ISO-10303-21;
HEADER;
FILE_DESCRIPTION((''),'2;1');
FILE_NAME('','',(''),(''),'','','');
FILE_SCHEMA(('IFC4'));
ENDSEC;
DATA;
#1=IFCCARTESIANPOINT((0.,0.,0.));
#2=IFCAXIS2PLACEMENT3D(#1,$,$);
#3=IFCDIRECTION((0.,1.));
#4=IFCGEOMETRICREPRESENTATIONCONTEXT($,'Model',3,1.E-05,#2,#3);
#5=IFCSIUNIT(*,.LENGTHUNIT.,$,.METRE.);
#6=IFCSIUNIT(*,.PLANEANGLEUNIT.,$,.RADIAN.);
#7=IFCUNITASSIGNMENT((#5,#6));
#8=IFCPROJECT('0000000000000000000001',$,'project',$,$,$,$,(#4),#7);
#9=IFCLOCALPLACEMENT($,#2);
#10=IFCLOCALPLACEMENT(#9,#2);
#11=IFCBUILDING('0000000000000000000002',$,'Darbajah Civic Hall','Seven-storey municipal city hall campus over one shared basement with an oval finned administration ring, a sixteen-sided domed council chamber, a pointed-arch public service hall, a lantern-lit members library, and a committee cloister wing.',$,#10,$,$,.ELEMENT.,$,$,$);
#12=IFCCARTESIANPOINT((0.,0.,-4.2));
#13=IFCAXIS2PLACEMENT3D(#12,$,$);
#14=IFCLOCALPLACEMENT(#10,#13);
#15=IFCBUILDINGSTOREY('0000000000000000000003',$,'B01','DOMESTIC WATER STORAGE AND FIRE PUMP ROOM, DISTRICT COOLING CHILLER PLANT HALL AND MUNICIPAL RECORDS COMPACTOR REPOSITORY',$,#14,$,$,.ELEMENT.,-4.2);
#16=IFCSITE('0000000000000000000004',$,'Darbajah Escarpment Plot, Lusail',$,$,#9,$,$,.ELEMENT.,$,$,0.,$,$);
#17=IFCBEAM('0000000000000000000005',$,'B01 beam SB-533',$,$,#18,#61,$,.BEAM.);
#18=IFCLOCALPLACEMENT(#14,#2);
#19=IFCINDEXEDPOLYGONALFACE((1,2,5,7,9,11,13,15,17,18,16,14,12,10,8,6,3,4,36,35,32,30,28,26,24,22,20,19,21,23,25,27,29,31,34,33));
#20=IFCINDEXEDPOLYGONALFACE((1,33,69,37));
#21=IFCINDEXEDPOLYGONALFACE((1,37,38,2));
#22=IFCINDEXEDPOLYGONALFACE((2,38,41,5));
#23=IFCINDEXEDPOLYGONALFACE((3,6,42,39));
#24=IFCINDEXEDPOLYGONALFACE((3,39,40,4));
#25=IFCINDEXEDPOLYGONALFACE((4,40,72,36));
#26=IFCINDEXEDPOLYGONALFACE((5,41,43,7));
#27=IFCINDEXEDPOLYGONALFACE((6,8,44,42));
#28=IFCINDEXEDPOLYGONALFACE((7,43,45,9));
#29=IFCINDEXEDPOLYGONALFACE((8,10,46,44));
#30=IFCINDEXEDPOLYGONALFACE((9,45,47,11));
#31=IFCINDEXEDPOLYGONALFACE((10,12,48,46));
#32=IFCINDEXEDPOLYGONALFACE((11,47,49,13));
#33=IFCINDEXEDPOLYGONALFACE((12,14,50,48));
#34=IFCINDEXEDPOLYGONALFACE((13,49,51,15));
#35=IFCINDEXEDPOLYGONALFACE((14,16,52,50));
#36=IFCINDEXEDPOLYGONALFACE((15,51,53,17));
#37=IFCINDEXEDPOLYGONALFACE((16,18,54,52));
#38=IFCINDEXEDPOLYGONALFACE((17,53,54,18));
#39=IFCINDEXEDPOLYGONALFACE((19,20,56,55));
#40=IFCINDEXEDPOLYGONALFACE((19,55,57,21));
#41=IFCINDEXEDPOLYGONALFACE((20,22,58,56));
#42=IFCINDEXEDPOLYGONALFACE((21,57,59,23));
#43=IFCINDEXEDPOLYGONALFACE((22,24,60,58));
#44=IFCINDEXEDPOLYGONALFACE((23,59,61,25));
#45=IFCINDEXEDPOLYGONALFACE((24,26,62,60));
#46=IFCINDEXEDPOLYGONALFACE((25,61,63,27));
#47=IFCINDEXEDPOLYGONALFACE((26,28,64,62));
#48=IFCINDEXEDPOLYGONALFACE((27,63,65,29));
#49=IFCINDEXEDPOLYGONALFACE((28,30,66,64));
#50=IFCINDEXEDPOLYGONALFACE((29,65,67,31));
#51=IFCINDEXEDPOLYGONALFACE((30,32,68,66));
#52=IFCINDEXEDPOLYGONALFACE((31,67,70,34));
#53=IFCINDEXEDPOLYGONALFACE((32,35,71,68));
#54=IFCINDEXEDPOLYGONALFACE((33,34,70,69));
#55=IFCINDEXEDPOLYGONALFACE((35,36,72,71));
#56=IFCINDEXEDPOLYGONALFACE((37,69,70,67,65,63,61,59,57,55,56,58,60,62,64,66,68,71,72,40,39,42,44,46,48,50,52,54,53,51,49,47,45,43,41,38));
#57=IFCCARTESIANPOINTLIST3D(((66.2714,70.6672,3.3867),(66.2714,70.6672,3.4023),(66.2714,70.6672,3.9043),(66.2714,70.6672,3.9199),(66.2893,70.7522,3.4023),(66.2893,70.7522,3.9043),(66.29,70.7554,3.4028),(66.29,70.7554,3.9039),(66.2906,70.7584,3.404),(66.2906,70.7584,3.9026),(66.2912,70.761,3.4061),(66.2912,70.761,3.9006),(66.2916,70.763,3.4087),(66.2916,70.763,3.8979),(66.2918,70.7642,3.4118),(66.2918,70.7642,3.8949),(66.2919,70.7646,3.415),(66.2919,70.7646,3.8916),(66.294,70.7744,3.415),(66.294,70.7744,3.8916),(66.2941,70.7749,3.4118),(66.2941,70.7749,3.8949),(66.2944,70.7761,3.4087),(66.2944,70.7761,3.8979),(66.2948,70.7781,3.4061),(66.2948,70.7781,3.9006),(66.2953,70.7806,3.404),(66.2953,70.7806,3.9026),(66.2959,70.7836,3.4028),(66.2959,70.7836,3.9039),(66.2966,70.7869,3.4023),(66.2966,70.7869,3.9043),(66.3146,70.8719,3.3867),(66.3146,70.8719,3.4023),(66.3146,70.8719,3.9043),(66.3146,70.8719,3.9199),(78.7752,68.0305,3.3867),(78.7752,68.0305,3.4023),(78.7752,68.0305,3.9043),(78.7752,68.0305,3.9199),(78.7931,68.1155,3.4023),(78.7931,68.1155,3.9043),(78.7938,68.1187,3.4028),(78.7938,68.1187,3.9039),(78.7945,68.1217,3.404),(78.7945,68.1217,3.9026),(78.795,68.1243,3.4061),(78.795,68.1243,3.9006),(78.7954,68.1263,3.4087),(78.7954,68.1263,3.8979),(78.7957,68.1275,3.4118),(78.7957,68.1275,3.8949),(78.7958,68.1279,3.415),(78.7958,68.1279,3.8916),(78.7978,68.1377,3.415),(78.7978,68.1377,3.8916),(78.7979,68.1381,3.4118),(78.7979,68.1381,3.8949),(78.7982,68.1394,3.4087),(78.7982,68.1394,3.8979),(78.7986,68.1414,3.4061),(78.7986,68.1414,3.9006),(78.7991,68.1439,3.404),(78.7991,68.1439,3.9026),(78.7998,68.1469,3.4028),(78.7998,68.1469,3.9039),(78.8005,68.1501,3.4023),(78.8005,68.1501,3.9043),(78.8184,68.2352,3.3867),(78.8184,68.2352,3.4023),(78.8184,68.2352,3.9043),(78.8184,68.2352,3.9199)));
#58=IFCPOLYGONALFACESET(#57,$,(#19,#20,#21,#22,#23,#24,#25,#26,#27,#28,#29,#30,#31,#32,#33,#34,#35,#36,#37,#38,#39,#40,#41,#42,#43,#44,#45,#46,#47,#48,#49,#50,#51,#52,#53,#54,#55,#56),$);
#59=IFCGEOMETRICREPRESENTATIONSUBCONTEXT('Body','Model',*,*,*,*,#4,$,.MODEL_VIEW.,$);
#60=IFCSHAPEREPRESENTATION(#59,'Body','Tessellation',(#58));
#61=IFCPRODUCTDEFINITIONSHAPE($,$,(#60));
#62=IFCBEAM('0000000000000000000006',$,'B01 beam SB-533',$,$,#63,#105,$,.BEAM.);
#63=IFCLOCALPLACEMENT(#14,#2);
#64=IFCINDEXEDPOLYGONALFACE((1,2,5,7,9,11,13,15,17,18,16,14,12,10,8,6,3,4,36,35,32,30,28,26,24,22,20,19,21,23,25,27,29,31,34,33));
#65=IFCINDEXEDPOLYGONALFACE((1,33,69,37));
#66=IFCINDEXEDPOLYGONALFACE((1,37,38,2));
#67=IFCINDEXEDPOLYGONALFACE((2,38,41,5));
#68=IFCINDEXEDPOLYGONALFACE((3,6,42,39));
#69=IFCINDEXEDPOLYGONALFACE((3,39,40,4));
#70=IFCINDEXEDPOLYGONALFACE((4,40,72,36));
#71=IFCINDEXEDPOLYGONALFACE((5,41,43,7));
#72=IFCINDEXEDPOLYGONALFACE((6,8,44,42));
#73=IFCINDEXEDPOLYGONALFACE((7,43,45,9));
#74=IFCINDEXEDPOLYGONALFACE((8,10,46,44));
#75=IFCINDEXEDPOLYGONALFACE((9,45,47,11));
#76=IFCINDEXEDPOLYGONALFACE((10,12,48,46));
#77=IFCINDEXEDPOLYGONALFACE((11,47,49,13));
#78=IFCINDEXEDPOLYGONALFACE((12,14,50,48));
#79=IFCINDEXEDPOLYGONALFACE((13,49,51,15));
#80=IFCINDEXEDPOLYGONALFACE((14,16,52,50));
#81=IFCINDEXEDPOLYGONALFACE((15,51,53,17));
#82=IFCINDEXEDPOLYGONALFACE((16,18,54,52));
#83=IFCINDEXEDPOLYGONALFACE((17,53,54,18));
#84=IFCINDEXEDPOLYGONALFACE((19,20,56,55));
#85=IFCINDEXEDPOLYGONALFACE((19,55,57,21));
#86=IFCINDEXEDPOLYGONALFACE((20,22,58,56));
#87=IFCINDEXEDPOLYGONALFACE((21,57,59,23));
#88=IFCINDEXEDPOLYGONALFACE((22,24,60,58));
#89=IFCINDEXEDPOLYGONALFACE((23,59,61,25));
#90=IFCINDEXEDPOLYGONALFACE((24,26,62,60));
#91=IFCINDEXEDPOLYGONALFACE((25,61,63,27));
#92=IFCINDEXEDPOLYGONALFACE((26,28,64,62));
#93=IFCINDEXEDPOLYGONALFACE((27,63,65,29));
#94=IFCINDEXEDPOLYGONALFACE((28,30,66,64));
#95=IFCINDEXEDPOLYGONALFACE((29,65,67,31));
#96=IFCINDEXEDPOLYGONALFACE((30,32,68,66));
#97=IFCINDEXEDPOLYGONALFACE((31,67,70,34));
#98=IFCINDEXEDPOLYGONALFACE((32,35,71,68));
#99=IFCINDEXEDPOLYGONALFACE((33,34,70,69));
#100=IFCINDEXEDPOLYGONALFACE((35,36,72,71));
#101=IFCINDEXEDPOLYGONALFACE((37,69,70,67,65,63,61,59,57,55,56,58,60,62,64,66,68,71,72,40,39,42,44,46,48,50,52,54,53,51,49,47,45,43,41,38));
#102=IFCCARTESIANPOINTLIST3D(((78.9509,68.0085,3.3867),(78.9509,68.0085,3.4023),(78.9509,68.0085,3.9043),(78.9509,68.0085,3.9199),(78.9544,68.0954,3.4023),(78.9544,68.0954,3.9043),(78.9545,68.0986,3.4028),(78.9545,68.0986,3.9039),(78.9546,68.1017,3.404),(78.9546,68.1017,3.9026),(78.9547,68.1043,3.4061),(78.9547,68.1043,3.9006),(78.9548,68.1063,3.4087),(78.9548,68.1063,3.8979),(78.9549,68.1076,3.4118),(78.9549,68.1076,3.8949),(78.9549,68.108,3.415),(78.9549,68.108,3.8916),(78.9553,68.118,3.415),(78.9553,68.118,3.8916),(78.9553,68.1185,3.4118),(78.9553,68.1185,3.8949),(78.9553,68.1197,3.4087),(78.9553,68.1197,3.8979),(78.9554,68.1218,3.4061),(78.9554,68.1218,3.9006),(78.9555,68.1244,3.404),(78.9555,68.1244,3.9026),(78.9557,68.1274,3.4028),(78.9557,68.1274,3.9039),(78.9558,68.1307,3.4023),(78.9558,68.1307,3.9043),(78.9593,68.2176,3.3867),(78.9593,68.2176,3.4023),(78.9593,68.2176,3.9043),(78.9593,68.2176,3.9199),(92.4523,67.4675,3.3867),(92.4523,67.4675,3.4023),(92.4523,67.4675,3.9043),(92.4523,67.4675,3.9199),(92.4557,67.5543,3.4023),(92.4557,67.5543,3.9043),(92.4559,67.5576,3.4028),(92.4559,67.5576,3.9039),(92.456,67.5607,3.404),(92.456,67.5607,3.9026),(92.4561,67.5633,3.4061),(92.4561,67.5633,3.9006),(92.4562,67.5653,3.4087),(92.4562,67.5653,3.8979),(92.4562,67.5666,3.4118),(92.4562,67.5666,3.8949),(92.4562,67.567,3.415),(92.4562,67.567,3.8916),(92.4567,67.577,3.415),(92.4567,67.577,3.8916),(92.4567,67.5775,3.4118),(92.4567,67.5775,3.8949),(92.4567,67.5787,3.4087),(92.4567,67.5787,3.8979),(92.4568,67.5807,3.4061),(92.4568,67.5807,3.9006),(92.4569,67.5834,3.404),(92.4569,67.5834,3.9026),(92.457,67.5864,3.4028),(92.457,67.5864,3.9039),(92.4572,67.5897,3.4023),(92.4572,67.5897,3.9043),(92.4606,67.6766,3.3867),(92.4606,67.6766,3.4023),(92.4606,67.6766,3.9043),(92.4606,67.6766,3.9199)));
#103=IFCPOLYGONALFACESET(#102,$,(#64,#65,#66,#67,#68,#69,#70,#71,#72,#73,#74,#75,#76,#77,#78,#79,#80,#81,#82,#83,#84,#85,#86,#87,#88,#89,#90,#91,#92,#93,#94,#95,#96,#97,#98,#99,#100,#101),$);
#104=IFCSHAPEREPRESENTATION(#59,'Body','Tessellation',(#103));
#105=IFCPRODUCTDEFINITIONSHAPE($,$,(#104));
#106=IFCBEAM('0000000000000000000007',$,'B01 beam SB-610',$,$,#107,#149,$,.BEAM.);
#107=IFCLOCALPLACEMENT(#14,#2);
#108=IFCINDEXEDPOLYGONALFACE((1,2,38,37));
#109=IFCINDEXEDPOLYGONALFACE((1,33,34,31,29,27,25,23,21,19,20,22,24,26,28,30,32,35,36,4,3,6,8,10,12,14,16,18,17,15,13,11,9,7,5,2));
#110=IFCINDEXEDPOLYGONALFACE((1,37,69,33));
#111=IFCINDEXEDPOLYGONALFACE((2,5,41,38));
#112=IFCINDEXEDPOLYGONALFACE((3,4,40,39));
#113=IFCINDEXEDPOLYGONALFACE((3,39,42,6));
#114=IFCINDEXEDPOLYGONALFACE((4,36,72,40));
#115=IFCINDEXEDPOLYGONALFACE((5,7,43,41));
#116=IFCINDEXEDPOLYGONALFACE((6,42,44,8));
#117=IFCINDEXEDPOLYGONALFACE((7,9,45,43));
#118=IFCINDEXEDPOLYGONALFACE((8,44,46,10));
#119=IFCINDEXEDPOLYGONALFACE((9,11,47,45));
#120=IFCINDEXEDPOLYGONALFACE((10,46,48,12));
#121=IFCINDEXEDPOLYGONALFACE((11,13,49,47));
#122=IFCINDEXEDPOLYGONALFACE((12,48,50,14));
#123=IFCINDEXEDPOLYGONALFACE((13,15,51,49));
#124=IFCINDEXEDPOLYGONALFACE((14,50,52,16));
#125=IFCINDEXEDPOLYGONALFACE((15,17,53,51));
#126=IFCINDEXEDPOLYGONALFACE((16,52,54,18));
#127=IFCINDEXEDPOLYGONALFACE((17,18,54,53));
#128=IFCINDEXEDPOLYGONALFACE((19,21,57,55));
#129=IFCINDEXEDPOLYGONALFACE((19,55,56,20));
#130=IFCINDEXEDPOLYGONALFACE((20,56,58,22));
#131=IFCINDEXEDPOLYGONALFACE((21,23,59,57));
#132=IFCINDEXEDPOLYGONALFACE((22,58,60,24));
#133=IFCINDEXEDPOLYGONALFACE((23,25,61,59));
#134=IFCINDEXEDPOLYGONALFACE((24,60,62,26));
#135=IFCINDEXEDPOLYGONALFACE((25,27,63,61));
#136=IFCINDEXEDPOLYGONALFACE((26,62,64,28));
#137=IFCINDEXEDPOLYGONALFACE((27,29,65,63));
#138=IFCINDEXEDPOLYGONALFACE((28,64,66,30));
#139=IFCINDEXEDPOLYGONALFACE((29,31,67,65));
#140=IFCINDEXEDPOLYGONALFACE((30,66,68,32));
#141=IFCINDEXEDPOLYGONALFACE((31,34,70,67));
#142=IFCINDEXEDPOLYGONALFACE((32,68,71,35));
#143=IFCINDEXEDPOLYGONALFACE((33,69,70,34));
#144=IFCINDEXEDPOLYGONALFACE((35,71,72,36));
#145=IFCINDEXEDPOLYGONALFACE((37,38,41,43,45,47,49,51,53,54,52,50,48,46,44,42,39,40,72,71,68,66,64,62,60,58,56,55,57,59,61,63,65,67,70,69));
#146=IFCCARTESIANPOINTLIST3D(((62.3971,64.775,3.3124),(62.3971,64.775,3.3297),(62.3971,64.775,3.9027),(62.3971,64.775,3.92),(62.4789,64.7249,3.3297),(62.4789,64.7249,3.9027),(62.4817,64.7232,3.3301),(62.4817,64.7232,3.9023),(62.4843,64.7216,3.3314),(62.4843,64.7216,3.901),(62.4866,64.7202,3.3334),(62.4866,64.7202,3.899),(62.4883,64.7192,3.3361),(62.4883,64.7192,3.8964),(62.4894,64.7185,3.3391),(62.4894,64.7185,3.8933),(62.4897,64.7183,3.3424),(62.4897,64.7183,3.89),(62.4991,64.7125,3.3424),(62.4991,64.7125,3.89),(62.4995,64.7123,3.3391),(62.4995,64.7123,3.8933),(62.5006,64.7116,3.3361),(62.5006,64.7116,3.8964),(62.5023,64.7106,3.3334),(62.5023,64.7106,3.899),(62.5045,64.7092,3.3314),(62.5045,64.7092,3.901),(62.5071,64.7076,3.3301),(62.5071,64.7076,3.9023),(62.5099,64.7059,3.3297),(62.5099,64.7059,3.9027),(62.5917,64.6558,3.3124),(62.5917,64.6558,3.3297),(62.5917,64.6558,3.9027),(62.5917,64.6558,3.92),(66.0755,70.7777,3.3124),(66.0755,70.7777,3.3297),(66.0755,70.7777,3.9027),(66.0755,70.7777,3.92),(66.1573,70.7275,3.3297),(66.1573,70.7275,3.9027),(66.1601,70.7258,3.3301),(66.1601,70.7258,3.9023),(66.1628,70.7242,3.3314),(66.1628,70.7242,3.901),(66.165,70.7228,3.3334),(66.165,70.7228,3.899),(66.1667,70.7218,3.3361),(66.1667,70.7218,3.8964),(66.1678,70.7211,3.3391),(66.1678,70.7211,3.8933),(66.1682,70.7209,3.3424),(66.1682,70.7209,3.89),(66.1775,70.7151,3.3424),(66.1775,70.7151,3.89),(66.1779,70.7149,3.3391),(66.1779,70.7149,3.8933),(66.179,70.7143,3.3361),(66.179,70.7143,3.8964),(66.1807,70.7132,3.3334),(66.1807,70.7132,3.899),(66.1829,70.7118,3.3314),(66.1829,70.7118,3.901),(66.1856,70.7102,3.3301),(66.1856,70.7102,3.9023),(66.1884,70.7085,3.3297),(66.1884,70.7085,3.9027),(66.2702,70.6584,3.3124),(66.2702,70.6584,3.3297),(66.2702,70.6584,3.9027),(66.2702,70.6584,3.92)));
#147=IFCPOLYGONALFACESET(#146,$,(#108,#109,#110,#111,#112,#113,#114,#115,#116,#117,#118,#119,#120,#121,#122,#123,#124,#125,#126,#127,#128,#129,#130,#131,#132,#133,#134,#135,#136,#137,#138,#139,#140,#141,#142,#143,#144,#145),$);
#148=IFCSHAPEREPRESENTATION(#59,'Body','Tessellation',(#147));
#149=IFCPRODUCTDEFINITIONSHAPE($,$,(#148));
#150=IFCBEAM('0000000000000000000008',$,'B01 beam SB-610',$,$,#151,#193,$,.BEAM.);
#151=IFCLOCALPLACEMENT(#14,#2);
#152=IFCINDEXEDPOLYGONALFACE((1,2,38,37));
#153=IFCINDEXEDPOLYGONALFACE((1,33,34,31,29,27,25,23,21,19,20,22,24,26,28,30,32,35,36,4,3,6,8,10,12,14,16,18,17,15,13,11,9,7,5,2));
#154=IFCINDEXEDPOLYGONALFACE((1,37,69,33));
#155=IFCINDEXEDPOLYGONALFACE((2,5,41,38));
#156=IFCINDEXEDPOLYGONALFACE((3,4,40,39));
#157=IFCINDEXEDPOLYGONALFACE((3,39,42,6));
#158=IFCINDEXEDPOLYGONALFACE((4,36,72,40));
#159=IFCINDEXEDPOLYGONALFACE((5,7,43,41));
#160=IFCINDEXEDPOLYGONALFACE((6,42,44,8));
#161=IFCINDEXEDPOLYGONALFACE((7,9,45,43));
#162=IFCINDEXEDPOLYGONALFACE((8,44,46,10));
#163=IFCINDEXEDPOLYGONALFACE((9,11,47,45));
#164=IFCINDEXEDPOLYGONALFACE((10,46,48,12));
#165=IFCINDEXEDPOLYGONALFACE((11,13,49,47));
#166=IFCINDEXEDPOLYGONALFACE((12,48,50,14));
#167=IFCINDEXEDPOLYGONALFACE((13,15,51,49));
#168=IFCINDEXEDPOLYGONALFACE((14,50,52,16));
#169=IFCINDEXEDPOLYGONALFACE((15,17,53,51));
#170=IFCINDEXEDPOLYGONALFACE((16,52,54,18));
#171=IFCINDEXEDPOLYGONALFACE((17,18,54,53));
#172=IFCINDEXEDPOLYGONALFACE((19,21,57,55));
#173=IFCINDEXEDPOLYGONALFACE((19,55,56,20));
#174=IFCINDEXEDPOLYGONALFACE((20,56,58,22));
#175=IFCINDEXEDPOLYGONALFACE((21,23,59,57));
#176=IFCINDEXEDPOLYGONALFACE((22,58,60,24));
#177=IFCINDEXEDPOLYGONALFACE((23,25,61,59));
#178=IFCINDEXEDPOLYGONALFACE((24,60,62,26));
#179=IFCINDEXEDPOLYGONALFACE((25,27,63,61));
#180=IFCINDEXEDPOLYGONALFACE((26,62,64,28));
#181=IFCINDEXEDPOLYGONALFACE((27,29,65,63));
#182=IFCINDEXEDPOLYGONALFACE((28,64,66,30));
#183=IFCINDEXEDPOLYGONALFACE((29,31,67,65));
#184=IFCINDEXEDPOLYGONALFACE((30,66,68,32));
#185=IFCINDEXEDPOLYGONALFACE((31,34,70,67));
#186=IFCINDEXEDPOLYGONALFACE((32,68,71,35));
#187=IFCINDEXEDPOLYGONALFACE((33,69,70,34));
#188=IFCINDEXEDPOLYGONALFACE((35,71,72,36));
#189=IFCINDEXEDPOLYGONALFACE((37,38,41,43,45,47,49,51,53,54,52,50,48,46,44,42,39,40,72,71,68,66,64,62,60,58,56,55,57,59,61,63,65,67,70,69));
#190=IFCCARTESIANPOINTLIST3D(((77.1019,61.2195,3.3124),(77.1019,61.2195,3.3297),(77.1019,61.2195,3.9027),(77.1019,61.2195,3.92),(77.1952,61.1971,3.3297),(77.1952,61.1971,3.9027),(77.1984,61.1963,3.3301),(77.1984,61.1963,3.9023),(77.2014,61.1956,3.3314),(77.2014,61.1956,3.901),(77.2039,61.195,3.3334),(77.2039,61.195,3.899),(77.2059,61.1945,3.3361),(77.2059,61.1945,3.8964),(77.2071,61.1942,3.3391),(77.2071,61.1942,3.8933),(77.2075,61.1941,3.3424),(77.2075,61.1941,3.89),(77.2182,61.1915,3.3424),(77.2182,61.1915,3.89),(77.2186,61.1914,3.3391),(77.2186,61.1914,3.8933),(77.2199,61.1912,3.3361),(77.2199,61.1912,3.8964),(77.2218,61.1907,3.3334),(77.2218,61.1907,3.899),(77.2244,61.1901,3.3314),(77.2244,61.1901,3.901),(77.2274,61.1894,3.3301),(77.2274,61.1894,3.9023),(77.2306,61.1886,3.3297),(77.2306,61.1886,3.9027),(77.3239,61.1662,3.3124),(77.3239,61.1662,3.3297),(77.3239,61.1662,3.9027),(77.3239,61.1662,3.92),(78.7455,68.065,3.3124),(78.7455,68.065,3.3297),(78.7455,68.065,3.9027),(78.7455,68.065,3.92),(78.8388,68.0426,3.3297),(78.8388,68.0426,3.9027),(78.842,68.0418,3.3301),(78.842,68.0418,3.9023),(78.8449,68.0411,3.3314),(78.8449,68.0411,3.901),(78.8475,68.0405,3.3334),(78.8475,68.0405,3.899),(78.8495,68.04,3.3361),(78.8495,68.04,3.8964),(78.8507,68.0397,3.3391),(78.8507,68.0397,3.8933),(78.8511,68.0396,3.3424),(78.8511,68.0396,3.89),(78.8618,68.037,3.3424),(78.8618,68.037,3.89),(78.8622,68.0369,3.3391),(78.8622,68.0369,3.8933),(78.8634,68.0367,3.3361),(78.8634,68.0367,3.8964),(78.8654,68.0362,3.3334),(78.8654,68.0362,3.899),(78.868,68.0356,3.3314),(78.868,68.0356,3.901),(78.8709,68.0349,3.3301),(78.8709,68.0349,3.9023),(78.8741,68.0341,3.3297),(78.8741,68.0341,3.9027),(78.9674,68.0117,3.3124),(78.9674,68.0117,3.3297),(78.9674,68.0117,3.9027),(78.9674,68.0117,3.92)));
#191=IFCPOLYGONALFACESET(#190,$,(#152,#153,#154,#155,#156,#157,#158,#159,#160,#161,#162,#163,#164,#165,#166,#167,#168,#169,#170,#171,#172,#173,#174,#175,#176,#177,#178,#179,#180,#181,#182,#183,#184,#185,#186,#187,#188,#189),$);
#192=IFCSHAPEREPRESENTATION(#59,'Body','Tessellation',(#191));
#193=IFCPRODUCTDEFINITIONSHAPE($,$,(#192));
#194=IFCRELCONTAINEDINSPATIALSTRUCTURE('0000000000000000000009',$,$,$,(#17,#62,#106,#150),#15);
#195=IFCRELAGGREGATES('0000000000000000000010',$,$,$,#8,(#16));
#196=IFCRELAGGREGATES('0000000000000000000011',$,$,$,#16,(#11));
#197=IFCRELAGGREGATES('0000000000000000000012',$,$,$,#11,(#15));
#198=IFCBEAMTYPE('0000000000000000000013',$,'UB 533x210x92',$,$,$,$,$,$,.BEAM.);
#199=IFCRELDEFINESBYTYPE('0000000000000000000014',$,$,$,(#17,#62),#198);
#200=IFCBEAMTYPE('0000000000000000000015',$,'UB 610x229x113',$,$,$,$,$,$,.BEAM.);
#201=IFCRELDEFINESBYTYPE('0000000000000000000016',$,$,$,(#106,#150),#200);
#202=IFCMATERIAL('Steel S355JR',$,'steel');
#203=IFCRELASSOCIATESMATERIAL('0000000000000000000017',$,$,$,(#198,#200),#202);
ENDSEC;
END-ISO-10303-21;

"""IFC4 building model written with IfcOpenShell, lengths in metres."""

from ifc_helpers import new_model, si_unit, direction, frame, origin, origin_2d, place, context, subcontext, project, spatial, i_section, extrude, material, material_profile, profile_set, type_object, element, save


model = new_model("IFC4")

# Units and contexts
model_context = context("Model", 3, precision=1e-05, world=origin(), true_north=direction((0.0, 1.0)))
body_context = subcontext(model_context, "Body", "Model", "MODEL_VIEW")
ifc_project = project(units=[si_unit("LENGTHUNIT", "METRE"), si_unit("PLANEANGLEUNIT", "RADIAN")], contexts=[model_context])

# Site, building, storey
site_placement = place(None, origin())
site = spatial("IfcSite", under=ifc_project, at=site_placement, Name="Darbajah Escarpment Plot, Lusail", CompositionType="ELEMENT", RefElevation=0.0)
building_placement = place(site_placement, origin())
building = spatial("IfcBuilding", under=site, at=building_placement, Name="Darbajah Civic Hall", Description="Seven-storey municipal city hall campus over one shared basement with an oval finned administration ring, a sixteen-sided domed council chamber, a pointed-arch public service hall, a lantern-lit members library, and a committee cloister wing.", CompositionType="ELEMENT")
storey_placement = place(building_placement, frame((0.0, 0.0, -4.2)))
storey = spatial("IfcBuildingStorey", under=building, at=storey_placement, Name="B01", Description="DOMESTIC WATER STORAGE AND FIRE PUMP ROOM, DISTRICT COOLING CHILLER PLANT HALL AND MUNICIPAL RECORDS COMPACTOR REPOSITORY", CompositionType="ELEMENT", Elevation=-4.2)

# Beams
ifc_material_1 = material(Name="Steel S355JR", Category="steel")
ifc_material_profile_1 = material_profile(ifc_material_1, i_section(OverallWidth=0.2092, OverallDepth=0.5332, WebThickness=0.01, FlangeThickness=0.0156, FilletRadius=0.0127, at=origin_2d()), Name="UB 533x210x92")
ifc_profile_set_1 = profile_set([ifc_material_profile_1], Name="Steel S355JR")
beam_type_1 = type_object("IfcBeamType", Name="UB 533x210x92", PredefinedType="BEAM", material=ifc_profile_set_1)
beam_1_placement = place(storey_placement, frame((66.293, 70.7695, 3.6533), z_axis=(0.978482, -0.206334, 0.0), x_axis=(0.206334, 0.978482, 0.0)))
element("IfcBeam", 1, at=beam_1_placement, inside=storey, type_object=beam_type_1, Name="B01 beam SB-533", PredefinedType="BEAM", context=body_context, shape_type="SweptSolid", body=[
    extrude(i_section(OverallWidth=0.2092, OverallDepth=0.5332, WebThickness=0.01, FlangeThickness=0.0156, FilletRadius=0.0127, at=origin_2d()), origin(), (0.0, 0.0, 1.0), 12.7788),
])
beam_2_placement = place(storey_placement, frame((78.9551, 68.113, 3.6533), z_axis=(0.999198, -0.040039, 0.0), x_axis=(0.040039, 0.999198, 0.0)))
element("IfcBeam", 2, at=beam_2_placement, inside=storey, type_object=beam_type_1, Name="B01 beam SB-533", PredefinedType="BEAM", context=body_context, shape_type="SweptSolid", body=[
    extrude(i_section(OverallWidth=0.2092, OverallDepth=0.5332, WebThickness=0.01, FlangeThickness=0.0156, FilletRadius=0.0127, at=origin_2d()), origin(), (0.0, 0.0, 1.0), 13.5122),
])
ifc_material_profile_2 = material_profile(ifc_material_1, i_section(OverallWidth=0.2283, OverallDepth=0.6077, WebThickness=0.011, FlangeThickness=0.0173, FilletRadius=0.0127, at=origin_2d()), Name="UB 610x229x113")
ifc_profile_set_2 = profile_set([ifc_material_profile_2], Name="Steel S355JR")
beam_type_2 = type_object("IfcBeamType", Name="UB 610x229x113", PredefinedType="BEAM", material=ifc_profile_set_2)
for number, where, z_axis, x_axis, name in (
    (3, (66.1729, 70.718, 3.6162), (-0.5225, -0.852639, 0.0), (0.852639, -0.5225, 0.0), "B01 beam SB-610"),
    (4, (78.8564, 68.0383, 3.6162), (-0.23346, -0.972367, 0.0), (0.972367, -0.23346, 0.0), "B01 beam SB-610"),
):
    element("IfcBeam", number, at=place(storey_placement, frame(where, z_axis=z_axis, x_axis=x_axis)), inside=storey, type_object=beam_type_2, Name=name, PredefinedType="BEAM", context=body_context, shape_type="SweptSolid", body=[
        extrude(i_section(OverallWidth=0.2283, OverallDepth=0.6077, WebThickness=0.011, FlangeThickness=0.0173, FilletRadius=0.0127, at=origin_2d()), origin(), (0.0, 0.0, 1.0), 7.04),
    ])

save(model, "model.ifc")
